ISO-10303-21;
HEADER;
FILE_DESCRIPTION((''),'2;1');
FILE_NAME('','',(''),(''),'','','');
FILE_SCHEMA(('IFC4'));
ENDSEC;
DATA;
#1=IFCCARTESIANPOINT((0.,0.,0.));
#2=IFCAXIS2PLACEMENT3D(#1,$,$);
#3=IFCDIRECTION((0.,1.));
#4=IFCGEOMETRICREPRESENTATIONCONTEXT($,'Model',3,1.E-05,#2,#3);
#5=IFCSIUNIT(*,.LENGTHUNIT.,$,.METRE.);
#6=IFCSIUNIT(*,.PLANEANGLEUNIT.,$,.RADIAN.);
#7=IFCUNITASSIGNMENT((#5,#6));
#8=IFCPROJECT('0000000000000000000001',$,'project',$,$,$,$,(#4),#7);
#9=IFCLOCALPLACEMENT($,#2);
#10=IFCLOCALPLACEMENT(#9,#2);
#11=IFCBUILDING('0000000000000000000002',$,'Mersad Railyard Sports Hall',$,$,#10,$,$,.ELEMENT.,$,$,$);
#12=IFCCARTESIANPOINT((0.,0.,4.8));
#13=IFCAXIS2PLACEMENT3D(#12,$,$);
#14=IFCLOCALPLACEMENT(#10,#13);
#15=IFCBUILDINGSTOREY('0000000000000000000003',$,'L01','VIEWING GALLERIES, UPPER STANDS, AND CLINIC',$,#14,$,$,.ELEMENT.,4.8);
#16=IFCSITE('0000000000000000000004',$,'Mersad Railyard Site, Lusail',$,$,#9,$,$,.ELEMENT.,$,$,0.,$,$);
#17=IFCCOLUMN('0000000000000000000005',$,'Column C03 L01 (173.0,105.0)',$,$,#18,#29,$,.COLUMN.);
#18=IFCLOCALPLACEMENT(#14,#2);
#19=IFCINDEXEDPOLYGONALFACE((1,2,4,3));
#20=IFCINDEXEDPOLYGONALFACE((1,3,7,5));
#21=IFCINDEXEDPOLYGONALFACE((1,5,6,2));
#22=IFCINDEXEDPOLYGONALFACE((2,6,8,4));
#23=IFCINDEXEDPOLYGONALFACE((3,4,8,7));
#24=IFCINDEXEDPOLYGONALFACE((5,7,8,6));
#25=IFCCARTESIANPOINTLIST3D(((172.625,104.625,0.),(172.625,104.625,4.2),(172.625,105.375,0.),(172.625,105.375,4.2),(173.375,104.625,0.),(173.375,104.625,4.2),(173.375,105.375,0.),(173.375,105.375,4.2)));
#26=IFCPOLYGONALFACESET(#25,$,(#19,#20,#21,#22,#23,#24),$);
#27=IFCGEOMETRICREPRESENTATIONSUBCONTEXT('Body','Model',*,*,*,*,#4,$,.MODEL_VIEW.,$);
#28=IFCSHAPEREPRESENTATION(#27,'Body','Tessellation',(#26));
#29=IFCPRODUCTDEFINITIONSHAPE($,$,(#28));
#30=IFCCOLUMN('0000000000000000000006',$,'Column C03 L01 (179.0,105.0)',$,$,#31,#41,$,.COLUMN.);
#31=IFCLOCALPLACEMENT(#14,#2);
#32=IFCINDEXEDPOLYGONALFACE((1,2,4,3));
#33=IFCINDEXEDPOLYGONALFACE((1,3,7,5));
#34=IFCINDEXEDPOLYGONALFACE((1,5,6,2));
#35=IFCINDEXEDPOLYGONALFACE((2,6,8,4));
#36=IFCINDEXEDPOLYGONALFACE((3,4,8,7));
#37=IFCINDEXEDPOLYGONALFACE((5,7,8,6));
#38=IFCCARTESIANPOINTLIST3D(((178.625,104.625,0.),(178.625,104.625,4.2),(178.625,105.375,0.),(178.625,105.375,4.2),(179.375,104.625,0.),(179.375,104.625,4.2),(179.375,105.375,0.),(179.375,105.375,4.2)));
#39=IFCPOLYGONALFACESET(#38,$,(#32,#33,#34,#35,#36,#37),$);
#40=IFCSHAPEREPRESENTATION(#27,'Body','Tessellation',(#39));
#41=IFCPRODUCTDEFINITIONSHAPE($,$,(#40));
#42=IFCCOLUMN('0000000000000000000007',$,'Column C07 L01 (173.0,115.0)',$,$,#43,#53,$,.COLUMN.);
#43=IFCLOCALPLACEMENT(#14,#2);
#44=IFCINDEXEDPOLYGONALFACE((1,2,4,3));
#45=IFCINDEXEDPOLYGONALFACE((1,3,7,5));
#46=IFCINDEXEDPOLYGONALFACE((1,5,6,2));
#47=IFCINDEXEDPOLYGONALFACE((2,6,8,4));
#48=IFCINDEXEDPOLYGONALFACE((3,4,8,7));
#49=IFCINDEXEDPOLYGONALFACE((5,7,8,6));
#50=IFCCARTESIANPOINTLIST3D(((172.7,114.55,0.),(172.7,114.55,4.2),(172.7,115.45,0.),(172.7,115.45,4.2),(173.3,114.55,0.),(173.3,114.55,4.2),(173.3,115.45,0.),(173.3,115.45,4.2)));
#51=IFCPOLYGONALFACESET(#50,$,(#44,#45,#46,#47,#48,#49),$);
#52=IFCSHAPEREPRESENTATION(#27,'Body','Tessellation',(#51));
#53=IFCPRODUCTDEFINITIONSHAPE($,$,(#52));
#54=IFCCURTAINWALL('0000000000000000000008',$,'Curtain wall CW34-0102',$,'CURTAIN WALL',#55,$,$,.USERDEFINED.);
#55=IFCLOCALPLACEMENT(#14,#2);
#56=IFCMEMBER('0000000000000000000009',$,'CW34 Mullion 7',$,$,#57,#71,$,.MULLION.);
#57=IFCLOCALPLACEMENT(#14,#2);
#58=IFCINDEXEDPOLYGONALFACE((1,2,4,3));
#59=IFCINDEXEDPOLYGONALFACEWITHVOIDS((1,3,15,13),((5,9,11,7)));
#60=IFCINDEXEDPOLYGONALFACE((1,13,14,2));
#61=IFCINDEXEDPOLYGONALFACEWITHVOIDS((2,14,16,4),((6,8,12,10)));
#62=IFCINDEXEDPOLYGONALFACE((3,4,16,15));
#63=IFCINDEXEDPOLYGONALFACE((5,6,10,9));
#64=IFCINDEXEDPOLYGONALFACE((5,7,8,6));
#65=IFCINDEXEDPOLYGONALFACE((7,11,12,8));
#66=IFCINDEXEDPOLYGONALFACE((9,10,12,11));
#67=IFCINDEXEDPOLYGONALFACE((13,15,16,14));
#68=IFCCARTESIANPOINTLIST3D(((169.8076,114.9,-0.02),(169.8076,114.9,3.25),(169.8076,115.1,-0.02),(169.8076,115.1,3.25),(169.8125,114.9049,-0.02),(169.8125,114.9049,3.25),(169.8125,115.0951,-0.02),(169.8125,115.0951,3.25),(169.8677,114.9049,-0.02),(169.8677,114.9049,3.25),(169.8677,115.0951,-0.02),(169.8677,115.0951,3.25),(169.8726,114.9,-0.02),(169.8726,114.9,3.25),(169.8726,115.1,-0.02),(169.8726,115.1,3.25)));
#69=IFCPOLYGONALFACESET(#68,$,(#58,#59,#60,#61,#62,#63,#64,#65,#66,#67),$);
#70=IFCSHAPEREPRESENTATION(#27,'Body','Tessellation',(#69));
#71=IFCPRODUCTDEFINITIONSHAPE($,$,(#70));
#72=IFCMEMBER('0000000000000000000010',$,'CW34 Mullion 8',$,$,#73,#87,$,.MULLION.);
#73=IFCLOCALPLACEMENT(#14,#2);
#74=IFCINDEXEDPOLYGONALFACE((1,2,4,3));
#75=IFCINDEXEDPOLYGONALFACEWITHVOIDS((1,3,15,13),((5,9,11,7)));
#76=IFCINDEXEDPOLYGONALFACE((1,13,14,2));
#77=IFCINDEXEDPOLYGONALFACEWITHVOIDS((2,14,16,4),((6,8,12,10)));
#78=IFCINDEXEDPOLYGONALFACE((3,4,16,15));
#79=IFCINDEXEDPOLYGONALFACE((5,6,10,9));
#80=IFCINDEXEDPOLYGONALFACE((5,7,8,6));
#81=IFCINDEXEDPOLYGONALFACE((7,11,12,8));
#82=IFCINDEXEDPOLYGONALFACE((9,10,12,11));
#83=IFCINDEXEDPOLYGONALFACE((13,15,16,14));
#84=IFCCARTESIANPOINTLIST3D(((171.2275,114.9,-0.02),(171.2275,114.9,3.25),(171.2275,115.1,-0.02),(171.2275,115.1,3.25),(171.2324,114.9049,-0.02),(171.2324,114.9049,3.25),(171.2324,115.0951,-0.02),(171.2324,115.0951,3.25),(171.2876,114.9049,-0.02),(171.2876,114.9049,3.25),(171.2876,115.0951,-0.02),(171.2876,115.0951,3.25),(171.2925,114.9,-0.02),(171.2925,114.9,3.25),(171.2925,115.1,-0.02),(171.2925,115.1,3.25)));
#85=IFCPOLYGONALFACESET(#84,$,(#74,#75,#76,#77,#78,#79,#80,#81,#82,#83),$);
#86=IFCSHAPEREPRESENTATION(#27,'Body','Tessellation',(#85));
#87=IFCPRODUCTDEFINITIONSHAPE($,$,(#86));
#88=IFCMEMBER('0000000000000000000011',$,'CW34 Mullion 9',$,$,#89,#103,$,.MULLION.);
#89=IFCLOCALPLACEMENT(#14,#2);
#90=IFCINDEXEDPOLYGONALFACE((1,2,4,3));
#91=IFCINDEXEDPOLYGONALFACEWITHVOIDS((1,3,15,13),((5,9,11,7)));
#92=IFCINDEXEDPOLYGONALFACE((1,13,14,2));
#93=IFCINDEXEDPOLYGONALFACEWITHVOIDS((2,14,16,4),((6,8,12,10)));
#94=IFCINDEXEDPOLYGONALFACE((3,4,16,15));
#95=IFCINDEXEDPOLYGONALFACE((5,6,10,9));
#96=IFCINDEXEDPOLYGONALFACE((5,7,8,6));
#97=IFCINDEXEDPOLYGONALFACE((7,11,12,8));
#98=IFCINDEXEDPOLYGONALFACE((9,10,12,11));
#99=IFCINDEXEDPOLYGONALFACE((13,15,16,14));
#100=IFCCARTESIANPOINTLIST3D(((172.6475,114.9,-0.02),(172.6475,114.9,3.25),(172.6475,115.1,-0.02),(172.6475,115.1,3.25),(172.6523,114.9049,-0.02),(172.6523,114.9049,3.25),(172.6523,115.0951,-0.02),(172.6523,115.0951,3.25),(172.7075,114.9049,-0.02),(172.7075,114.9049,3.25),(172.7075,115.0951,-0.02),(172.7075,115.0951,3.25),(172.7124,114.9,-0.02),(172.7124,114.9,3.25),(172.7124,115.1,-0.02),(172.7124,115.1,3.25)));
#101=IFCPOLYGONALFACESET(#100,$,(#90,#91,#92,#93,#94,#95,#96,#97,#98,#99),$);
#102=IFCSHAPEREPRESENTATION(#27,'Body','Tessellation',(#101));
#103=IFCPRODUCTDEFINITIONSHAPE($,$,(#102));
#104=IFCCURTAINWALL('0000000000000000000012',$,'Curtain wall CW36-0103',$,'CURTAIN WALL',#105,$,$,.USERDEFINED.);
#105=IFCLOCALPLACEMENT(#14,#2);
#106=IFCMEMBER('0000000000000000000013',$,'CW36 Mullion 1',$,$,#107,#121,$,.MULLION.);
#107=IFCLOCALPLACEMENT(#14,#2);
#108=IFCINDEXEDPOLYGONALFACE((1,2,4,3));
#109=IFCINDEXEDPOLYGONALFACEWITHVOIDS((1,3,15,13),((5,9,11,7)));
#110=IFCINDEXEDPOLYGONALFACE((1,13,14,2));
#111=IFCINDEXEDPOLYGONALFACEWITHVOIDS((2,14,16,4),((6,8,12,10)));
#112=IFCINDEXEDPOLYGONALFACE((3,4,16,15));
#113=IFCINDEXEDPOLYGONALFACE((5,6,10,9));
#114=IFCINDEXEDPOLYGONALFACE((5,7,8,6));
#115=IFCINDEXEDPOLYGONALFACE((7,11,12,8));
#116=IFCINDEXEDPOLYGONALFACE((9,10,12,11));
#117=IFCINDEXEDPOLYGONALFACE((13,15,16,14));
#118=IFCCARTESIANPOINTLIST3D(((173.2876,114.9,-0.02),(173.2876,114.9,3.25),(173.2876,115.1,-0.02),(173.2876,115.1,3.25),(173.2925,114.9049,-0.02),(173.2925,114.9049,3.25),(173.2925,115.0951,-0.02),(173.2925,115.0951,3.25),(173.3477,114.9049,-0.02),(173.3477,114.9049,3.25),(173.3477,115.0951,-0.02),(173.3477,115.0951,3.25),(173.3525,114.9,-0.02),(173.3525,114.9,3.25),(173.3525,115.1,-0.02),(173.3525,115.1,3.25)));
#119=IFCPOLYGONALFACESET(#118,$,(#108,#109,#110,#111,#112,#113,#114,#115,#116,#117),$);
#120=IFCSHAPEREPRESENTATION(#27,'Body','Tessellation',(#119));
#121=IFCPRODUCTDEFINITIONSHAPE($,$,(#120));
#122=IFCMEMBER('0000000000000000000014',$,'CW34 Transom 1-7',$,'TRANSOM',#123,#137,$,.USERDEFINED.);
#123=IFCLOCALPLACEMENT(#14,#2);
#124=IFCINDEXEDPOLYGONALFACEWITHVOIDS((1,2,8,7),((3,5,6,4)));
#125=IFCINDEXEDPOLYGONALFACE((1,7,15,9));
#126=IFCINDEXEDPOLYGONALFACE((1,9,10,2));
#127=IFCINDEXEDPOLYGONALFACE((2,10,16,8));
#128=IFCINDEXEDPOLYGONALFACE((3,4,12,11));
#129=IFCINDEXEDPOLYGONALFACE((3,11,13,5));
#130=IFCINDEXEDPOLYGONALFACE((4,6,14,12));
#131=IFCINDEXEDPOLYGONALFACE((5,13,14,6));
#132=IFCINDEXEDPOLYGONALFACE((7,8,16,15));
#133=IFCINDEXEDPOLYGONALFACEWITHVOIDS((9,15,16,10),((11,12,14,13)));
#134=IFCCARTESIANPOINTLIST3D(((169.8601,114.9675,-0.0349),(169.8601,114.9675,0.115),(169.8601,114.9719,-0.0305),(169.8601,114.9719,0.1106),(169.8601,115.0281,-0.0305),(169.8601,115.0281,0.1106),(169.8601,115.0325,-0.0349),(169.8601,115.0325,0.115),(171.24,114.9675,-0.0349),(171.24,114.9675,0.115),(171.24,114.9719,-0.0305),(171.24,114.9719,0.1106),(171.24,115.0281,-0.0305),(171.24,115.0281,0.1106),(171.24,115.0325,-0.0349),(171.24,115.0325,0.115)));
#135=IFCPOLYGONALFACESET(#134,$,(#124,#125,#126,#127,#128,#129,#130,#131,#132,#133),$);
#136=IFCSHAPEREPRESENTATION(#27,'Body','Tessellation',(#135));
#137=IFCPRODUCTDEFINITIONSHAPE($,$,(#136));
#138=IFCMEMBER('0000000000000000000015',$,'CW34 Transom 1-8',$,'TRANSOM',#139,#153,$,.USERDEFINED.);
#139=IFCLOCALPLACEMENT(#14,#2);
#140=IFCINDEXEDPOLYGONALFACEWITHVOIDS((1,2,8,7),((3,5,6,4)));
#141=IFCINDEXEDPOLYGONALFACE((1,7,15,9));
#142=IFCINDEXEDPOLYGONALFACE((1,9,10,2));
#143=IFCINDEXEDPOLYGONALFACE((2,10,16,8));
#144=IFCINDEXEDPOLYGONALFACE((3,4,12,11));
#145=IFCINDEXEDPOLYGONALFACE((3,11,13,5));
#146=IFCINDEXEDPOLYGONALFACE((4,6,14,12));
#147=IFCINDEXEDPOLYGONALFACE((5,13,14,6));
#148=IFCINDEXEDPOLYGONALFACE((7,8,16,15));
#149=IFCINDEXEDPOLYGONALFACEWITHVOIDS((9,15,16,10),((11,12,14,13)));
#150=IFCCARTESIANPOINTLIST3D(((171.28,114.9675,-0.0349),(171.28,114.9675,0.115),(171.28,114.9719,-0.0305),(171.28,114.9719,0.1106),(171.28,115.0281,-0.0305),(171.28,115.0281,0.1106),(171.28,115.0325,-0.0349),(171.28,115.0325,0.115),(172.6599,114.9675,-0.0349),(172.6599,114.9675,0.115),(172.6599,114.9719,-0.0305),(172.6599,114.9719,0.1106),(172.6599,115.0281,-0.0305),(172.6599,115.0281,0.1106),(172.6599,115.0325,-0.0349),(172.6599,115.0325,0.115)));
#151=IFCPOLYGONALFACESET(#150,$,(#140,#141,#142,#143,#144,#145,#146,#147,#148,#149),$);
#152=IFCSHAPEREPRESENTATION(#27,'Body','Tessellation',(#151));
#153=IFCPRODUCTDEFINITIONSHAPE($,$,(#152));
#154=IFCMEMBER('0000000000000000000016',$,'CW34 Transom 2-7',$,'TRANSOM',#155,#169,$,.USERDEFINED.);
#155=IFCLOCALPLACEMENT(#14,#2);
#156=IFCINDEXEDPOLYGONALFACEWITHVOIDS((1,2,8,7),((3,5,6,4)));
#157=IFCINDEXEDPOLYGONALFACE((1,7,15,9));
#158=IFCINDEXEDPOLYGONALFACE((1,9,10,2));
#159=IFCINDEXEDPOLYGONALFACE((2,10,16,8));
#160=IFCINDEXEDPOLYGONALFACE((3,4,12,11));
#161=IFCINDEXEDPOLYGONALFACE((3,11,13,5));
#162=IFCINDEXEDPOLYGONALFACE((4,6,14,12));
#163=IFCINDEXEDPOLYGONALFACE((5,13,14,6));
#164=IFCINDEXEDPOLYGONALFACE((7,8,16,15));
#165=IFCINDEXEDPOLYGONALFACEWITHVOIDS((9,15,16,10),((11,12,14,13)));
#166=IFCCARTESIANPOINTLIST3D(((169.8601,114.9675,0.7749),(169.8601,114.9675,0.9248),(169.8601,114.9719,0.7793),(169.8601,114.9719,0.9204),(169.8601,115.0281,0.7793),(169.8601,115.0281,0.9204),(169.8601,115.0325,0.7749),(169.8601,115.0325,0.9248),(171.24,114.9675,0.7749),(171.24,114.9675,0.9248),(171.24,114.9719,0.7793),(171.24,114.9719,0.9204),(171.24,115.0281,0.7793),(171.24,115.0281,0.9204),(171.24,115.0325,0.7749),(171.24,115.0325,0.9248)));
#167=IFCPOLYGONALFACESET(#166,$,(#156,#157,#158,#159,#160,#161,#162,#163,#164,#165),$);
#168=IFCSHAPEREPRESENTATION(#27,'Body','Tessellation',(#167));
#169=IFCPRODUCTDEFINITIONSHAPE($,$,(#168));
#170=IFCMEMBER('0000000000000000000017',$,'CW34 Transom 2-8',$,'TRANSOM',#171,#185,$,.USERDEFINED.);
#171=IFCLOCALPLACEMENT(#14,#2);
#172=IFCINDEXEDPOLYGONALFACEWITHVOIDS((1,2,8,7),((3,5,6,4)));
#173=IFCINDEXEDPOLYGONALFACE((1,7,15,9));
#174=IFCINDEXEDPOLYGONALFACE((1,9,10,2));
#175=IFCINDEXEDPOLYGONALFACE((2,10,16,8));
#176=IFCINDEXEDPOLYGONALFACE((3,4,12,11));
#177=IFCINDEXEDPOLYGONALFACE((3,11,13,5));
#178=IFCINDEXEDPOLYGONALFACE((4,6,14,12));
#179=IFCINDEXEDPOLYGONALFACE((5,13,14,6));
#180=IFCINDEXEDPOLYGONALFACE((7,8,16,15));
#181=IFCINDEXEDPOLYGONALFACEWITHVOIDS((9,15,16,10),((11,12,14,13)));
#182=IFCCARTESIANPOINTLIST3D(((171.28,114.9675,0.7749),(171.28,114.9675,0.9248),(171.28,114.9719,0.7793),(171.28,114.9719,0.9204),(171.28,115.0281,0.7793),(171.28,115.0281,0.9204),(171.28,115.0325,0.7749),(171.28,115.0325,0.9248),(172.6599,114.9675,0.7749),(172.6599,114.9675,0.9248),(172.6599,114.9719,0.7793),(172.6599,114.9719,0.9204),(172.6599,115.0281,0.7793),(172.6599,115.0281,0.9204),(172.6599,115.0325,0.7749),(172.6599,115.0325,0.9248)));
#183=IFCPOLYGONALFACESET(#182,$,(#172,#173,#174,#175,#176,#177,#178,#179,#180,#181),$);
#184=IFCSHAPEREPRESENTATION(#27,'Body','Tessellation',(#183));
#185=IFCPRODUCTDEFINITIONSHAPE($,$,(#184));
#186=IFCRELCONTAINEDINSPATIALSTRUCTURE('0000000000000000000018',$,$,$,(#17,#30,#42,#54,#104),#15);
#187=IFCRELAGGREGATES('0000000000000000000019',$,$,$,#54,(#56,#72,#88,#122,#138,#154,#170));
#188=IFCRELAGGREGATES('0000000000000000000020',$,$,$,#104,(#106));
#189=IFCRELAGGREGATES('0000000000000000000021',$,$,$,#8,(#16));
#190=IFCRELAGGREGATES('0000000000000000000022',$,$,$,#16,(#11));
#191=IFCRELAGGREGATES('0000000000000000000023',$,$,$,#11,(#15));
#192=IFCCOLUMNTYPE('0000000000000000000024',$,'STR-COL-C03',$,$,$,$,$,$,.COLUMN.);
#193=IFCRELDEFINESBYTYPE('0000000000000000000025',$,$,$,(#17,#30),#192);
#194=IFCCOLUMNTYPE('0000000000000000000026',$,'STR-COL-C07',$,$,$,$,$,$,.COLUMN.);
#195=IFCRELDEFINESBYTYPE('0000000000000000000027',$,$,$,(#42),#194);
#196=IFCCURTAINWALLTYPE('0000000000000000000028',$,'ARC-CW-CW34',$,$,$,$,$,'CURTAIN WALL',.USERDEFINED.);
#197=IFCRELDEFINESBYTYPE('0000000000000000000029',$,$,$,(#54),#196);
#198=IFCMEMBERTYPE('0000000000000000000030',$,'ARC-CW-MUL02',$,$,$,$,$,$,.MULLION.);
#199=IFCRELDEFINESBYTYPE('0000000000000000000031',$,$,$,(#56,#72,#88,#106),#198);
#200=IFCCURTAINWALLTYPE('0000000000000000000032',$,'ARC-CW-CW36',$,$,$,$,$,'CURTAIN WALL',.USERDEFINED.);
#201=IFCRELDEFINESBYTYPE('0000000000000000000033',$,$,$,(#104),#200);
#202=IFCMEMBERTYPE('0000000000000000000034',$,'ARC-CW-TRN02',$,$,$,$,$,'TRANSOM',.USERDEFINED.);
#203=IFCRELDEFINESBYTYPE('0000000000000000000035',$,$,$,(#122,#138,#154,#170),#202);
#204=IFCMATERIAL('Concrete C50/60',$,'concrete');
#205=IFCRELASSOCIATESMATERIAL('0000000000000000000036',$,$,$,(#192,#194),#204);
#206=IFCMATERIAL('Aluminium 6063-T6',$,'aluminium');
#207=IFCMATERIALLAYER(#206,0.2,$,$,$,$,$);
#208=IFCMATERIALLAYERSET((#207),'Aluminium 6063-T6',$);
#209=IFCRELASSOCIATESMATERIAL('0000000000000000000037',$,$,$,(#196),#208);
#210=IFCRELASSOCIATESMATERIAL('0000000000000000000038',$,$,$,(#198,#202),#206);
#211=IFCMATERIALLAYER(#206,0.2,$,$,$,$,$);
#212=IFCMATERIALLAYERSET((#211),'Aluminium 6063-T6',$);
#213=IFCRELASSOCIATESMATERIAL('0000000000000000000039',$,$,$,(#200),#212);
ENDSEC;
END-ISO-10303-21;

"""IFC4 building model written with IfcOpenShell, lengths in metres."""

from ifc_helpers import new_model, si_unit, direction, frame, origin, origin_2d, place, context, subcontext, project, spatial, rectangle, hollow_rectangle, extrude, material, layer, layer_set, material_profile, profile_set, type_object, element, aggregate, save


model = new_model("IFC4")

# Units and contexts
model_context = context("Model", 3, precision=1e-05, world=origin(), true_north=direction((0.0, 1.0)))
body_context = subcontext(model_context, "Body", "Model", "MODEL_VIEW")
ifc_project = project(units=[si_unit("LENGTHUNIT", "METRE"), si_unit("PLANEANGLEUNIT", "RADIAN")], contexts=[model_context])

# Site, building, storey
site_placement = place(None, origin())
site = spatial("IfcSite", under=ifc_project, at=site_placement, Name="Mersad Railyard Site, Lusail", CompositionType="ELEMENT", RefElevation=0.0)
building_placement = place(site_placement, origin())
building = spatial("IfcBuilding", under=site, at=building_placement, Name="Mersad Railyard Sports Hall", CompositionType="ELEMENT")
storey_placement = place(building_placement, frame((0.0, 0.0, 4.8)))
storey = spatial("IfcBuildingStorey", under=building, at=storey_placement, Name="L01", Description="VIEWING GALLERIES, UPPER STANDS, AND CLINIC", CompositionType="ELEMENT", Elevation=4.8)

# Columns
ifc_material_1 = material(Name="Concrete C50/60", Category="concrete")
ifc_material_profile_1 = material_profile(ifc_material_1, rectangle(XDim=0.75, YDim=0.75, at=origin_2d()), Name="RC 750x750")
ifc_profile_set_1 = profile_set([ifc_material_profile_1], Name="Concrete C50/60")
column_type_1 = type_object("IfcColumnType", Name="STR-COL-C03", PredefinedType="COLUMN", material=ifc_profile_set_1)
for number, where, z_axis, x_axis, name in (
    (1, (173.0, 105.0, 0.0), (0.0, 0.0, 1.0), (1.0, 0.0, 0.0), "Column C03 L01 (173.0,105.0)"),
    (2, (179.0, 105.0, 0.0), (0.0, 0.0, 1.0), (1.0, 0.0, 0.0), "Column C03 L01 (179.0,105.0)"),
):
    element("IfcColumn", number, at=place(storey_placement, frame(where, z_axis=z_axis, x_axis=x_axis)), inside=storey, type_object=column_type_1, Name=name, PredefinedType="COLUMN", context=body_context, shape_type="SweptSolid", body=[
        extrude(rectangle(XDim=0.75, YDim=0.75, at=origin_2d()), origin(), (0.0, 0.0, 1.0), 4.2),
    ])
ifc_material_profile_2 = material_profile(ifc_material_1, rectangle(XDim=0.6001, YDim=0.8999, at=origin_2d()), Name="RC 600x900")
ifc_profile_set_2 = profile_set([ifc_material_profile_2], Name="Concrete C50/60")
column_type_2 = type_object("IfcColumnType", Name="STR-COL-C07", PredefinedType="COLUMN", material=ifc_profile_set_2)
column_placement = place(storey_placement, frame((173.0, 115.0, 0.0), z_axis=(0.0, 0.0, 1.0), x_axis=(1.0, 0.0, 0.0)))
element("IfcColumn", 3, at=column_placement, inside=storey, type_object=column_type_2, Name="Column C07 L01 (173.0,115.0)", PredefinedType="COLUMN", context=body_context, shape_type="SweptSolid", body=[
    extrude(rectangle(XDim=0.6001, YDim=0.8999, at=origin_2d()), origin(), (0.0, 0.0, 1.0), 4.2),
])

# Curtain wall, members
ifc_material_2 = material(Name="Aluminium 6063-T6", Category="aluminium")
ifc_layer_1 = layer(ifc_material_2, 0.2)
ifc_layer_set_1 = layer_set([ifc_layer_1], Name="Aluminium 6063-T6")
curtain_wall_type_1 = type_object("IfcCurtainWallType", Name="ARC-CW-CW34", ElementType="CURTAIN WALL", PredefinedType="USERDEFINED", material=ifc_layer_set_1)
curtain_wall_1_placement = place(storey_placement, origin())
curtain_wall_1 = element("IfcCurtainWall", 4, at=curtain_wall_1_placement, inside=storey, type_object=curtain_wall_type_1, Name="Curtain wall CW34-0102", ObjectType="CURTAIN WALL", PredefinedType="USERDEFINED")
ifc_material_profile_3 = material_profile(ifc_material_2, hollow_rectangle(XDim=0.0649, YDim=0.2, WallThickness=0.0049, at=origin_2d()), Name="AL MULLION 65x200x5")
ifc_profile_set_3 = profile_set([ifc_material_profile_3], Name="Aluminium 6063-T6")
member_type_1 = type_object("IfcMemberType", Name="ARC-CW-MUL02", PredefinedType="MULLION", material=ifc_profile_set_3)
member_1_placement = place(storey_placement, frame((169.8401, 115.0, -0.02), z_axis=(0.0, 0.0, 1.0), x_axis=(1.0, 0.0, 0.0)))
member_1 = element("IfcMember", 5, at=member_1_placement, type_object=member_type_1, Name="CW34 Mullion 7", PredefinedType="MULLION", context=body_context, shape_type="SweptSolid", body=[
    extrude(hollow_rectangle(XDim=0.0649, YDim=0.2, WallThickness=0.0049, at=origin_2d()), origin(), (0.0, 0.0, 1.0), 3.27),
])
member_2_placement = place(storey_placement, frame((171.26, 115.0, -0.02), z_axis=(0.0, 0.0, 1.0), x_axis=(1.0, 0.0, 0.0)))
member_2 = element("IfcMember", 6, at=member_2_placement, type_object=member_type_1, Name="CW34 Mullion 8", PredefinedType="MULLION", context=body_context, shape_type="SweptSolid", body=[
    extrude(hollow_rectangle(XDim=0.0649, YDim=0.2, WallThickness=0.0049, at=origin_2d()), origin(), (0.0, 0.0, 1.0), 3.27),
])
member_3_placement = place(storey_placement, frame((172.6799, 115.0, -0.02), z_axis=(0.0, 0.0, 1.0), x_axis=(1.0, 0.0, 0.0)))
member_3 = element("IfcMember", 7, at=member_3_placement, type_object=member_type_1, Name="CW34 Mullion 9", PredefinedType="MULLION", context=body_context, shape_type="SweptSolid", body=[
    extrude(hollow_rectangle(XDim=0.0649, YDim=0.2, WallThickness=0.0049, at=origin_2d()), origin(), (0.0, 0.0, 1.0), 3.27),
])

# Curtain wall, member
ifc_layer_2 = layer(ifc_material_2, 0.2)
ifc_layer_set_2 = layer_set([ifc_layer_2], Name="Aluminium 6063-T6")
curtain_wall_type_2 = type_object("IfcCurtainWallType", Name="ARC-CW-CW36", ElementType="CURTAIN WALL", PredefinedType="USERDEFINED", material=ifc_layer_set_2)
curtain_wall_2_placement = place(storey_placement, origin())
curtain_wall_2 = element("IfcCurtainWall", 8, at=curtain_wall_2_placement, inside=storey, type_object=curtain_wall_type_2, Name="Curtain wall CW36-0103", ObjectType="CURTAIN WALL", PredefinedType="USERDEFINED")
member_4_placement = place(storey_placement, frame((173.3201, 115.0, -0.02), z_axis=(0.0, 0.0, 1.0), x_axis=(1.0, 0.0, 0.0)))
member_4 = element("IfcMember", 9, at=member_4_placement, type_object=member_type_1, Name="CW36 Mullion 1", PredefinedType="MULLION", context=body_context, shape_type="SweptSolid", body=[
    extrude(hollow_rectangle(XDim=0.0649, YDim=0.2, WallThickness=0.0049, at=origin_2d()), origin(), (0.0, 0.0, 1.0), 3.27),
])

# Members
ifc_material_profile_4 = material_profile(ifc_material_2, hollow_rectangle(XDim=0.0649, YDim=0.1499, WallThickness=0.0044, at=origin_2d()), Name="AL TRANSOM 65x150x4.5")
ifc_profile_set_4 = profile_set([ifc_material_profile_4], Name="Aluminium 6063-T6")
member_type_2 = type_object("IfcMemberType", Name="ARC-CW-TRN02", ElementType="TRANSOM", PredefinedType="USERDEFINED", material=ifc_profile_set_4)
member_5_placement = place(storey_placement, frame((169.8601, 115.0, 0.04), z_axis=(1.0, 0.0, 0.0), x_axis=(0.0, 1.0, 0.0)))
member_5 = element("IfcMember", 10, at=member_5_placement, type_object=member_type_2, Name="CW34 Transom 1-7", ObjectType="TRANSOM", PredefinedType="USERDEFINED", context=body_context, shape_type="SweptSolid", body=[
    extrude(hollow_rectangle(XDim=0.0649, YDim=0.1499, WallThickness=0.0044, at=origin_2d()), origin(), (0.0, 0.0, 1.0), 1.3799),
])
member_6_placement = place(storey_placement, frame((171.28, 115.0, 0.04), z_axis=(1.0, 0.0, 0.0), x_axis=(0.0, 1.0, 0.0)))
member_6 = element("IfcMember", 11, at=member_6_placement, type_object=member_type_2, Name="CW34 Transom 1-8", ObjectType="TRANSOM", PredefinedType="USERDEFINED", context=body_context, shape_type="SweptSolid", body=[
    extrude(hollow_rectangle(XDim=0.0649, YDim=0.1499, WallThickness=0.0044, at=origin_2d()), origin(), (0.0, 0.0, 1.0), 1.3799),
])
member_7_placement = place(storey_placement, frame((169.8601, 115.0, 0.8499), z_axis=(1.0, 0.0, 0.0), x_axis=(0.0, 1.0, 0.0)))
member_7 = element("IfcMember", 12, at=member_7_placement, type_object=member_type_2, Name="CW34 Transom 2-7", ObjectType="TRANSOM", PredefinedType="USERDEFINED", context=body_context, shape_type="SweptSolid", body=[
    extrude(hollow_rectangle(XDim=0.0649, YDim=0.1499, WallThickness=0.0044, at=origin_2d()), origin(), (0.0, 0.0, 1.0), 1.3799),
])
member_8_placement = place(storey_placement, frame((171.28, 115.0, 0.8499), z_axis=(1.0, 0.0, 0.0), x_axis=(0.0, 1.0, 0.0)))
member_8 = element("IfcMember", 13, at=member_8_placement, type_object=member_type_2, Name="CW34 Transom 2-8", ObjectType="TRANSOM", PredefinedType="USERDEFINED", context=body_context, shape_type="SweptSolid", body=[
    extrude(hollow_rectangle(XDim=0.0649, YDim=0.1499, WallThickness=0.0044, at=origin_2d()), origin(), (0.0, 0.0, 1.0), 1.3799),
])

aggregate(curtain_wall_1, [member_1, member_2, member_3, member_5, member_6, member_7, member_8])
aggregate(curtain_wall_2, [member_4])

save(model, "model.ifc")
